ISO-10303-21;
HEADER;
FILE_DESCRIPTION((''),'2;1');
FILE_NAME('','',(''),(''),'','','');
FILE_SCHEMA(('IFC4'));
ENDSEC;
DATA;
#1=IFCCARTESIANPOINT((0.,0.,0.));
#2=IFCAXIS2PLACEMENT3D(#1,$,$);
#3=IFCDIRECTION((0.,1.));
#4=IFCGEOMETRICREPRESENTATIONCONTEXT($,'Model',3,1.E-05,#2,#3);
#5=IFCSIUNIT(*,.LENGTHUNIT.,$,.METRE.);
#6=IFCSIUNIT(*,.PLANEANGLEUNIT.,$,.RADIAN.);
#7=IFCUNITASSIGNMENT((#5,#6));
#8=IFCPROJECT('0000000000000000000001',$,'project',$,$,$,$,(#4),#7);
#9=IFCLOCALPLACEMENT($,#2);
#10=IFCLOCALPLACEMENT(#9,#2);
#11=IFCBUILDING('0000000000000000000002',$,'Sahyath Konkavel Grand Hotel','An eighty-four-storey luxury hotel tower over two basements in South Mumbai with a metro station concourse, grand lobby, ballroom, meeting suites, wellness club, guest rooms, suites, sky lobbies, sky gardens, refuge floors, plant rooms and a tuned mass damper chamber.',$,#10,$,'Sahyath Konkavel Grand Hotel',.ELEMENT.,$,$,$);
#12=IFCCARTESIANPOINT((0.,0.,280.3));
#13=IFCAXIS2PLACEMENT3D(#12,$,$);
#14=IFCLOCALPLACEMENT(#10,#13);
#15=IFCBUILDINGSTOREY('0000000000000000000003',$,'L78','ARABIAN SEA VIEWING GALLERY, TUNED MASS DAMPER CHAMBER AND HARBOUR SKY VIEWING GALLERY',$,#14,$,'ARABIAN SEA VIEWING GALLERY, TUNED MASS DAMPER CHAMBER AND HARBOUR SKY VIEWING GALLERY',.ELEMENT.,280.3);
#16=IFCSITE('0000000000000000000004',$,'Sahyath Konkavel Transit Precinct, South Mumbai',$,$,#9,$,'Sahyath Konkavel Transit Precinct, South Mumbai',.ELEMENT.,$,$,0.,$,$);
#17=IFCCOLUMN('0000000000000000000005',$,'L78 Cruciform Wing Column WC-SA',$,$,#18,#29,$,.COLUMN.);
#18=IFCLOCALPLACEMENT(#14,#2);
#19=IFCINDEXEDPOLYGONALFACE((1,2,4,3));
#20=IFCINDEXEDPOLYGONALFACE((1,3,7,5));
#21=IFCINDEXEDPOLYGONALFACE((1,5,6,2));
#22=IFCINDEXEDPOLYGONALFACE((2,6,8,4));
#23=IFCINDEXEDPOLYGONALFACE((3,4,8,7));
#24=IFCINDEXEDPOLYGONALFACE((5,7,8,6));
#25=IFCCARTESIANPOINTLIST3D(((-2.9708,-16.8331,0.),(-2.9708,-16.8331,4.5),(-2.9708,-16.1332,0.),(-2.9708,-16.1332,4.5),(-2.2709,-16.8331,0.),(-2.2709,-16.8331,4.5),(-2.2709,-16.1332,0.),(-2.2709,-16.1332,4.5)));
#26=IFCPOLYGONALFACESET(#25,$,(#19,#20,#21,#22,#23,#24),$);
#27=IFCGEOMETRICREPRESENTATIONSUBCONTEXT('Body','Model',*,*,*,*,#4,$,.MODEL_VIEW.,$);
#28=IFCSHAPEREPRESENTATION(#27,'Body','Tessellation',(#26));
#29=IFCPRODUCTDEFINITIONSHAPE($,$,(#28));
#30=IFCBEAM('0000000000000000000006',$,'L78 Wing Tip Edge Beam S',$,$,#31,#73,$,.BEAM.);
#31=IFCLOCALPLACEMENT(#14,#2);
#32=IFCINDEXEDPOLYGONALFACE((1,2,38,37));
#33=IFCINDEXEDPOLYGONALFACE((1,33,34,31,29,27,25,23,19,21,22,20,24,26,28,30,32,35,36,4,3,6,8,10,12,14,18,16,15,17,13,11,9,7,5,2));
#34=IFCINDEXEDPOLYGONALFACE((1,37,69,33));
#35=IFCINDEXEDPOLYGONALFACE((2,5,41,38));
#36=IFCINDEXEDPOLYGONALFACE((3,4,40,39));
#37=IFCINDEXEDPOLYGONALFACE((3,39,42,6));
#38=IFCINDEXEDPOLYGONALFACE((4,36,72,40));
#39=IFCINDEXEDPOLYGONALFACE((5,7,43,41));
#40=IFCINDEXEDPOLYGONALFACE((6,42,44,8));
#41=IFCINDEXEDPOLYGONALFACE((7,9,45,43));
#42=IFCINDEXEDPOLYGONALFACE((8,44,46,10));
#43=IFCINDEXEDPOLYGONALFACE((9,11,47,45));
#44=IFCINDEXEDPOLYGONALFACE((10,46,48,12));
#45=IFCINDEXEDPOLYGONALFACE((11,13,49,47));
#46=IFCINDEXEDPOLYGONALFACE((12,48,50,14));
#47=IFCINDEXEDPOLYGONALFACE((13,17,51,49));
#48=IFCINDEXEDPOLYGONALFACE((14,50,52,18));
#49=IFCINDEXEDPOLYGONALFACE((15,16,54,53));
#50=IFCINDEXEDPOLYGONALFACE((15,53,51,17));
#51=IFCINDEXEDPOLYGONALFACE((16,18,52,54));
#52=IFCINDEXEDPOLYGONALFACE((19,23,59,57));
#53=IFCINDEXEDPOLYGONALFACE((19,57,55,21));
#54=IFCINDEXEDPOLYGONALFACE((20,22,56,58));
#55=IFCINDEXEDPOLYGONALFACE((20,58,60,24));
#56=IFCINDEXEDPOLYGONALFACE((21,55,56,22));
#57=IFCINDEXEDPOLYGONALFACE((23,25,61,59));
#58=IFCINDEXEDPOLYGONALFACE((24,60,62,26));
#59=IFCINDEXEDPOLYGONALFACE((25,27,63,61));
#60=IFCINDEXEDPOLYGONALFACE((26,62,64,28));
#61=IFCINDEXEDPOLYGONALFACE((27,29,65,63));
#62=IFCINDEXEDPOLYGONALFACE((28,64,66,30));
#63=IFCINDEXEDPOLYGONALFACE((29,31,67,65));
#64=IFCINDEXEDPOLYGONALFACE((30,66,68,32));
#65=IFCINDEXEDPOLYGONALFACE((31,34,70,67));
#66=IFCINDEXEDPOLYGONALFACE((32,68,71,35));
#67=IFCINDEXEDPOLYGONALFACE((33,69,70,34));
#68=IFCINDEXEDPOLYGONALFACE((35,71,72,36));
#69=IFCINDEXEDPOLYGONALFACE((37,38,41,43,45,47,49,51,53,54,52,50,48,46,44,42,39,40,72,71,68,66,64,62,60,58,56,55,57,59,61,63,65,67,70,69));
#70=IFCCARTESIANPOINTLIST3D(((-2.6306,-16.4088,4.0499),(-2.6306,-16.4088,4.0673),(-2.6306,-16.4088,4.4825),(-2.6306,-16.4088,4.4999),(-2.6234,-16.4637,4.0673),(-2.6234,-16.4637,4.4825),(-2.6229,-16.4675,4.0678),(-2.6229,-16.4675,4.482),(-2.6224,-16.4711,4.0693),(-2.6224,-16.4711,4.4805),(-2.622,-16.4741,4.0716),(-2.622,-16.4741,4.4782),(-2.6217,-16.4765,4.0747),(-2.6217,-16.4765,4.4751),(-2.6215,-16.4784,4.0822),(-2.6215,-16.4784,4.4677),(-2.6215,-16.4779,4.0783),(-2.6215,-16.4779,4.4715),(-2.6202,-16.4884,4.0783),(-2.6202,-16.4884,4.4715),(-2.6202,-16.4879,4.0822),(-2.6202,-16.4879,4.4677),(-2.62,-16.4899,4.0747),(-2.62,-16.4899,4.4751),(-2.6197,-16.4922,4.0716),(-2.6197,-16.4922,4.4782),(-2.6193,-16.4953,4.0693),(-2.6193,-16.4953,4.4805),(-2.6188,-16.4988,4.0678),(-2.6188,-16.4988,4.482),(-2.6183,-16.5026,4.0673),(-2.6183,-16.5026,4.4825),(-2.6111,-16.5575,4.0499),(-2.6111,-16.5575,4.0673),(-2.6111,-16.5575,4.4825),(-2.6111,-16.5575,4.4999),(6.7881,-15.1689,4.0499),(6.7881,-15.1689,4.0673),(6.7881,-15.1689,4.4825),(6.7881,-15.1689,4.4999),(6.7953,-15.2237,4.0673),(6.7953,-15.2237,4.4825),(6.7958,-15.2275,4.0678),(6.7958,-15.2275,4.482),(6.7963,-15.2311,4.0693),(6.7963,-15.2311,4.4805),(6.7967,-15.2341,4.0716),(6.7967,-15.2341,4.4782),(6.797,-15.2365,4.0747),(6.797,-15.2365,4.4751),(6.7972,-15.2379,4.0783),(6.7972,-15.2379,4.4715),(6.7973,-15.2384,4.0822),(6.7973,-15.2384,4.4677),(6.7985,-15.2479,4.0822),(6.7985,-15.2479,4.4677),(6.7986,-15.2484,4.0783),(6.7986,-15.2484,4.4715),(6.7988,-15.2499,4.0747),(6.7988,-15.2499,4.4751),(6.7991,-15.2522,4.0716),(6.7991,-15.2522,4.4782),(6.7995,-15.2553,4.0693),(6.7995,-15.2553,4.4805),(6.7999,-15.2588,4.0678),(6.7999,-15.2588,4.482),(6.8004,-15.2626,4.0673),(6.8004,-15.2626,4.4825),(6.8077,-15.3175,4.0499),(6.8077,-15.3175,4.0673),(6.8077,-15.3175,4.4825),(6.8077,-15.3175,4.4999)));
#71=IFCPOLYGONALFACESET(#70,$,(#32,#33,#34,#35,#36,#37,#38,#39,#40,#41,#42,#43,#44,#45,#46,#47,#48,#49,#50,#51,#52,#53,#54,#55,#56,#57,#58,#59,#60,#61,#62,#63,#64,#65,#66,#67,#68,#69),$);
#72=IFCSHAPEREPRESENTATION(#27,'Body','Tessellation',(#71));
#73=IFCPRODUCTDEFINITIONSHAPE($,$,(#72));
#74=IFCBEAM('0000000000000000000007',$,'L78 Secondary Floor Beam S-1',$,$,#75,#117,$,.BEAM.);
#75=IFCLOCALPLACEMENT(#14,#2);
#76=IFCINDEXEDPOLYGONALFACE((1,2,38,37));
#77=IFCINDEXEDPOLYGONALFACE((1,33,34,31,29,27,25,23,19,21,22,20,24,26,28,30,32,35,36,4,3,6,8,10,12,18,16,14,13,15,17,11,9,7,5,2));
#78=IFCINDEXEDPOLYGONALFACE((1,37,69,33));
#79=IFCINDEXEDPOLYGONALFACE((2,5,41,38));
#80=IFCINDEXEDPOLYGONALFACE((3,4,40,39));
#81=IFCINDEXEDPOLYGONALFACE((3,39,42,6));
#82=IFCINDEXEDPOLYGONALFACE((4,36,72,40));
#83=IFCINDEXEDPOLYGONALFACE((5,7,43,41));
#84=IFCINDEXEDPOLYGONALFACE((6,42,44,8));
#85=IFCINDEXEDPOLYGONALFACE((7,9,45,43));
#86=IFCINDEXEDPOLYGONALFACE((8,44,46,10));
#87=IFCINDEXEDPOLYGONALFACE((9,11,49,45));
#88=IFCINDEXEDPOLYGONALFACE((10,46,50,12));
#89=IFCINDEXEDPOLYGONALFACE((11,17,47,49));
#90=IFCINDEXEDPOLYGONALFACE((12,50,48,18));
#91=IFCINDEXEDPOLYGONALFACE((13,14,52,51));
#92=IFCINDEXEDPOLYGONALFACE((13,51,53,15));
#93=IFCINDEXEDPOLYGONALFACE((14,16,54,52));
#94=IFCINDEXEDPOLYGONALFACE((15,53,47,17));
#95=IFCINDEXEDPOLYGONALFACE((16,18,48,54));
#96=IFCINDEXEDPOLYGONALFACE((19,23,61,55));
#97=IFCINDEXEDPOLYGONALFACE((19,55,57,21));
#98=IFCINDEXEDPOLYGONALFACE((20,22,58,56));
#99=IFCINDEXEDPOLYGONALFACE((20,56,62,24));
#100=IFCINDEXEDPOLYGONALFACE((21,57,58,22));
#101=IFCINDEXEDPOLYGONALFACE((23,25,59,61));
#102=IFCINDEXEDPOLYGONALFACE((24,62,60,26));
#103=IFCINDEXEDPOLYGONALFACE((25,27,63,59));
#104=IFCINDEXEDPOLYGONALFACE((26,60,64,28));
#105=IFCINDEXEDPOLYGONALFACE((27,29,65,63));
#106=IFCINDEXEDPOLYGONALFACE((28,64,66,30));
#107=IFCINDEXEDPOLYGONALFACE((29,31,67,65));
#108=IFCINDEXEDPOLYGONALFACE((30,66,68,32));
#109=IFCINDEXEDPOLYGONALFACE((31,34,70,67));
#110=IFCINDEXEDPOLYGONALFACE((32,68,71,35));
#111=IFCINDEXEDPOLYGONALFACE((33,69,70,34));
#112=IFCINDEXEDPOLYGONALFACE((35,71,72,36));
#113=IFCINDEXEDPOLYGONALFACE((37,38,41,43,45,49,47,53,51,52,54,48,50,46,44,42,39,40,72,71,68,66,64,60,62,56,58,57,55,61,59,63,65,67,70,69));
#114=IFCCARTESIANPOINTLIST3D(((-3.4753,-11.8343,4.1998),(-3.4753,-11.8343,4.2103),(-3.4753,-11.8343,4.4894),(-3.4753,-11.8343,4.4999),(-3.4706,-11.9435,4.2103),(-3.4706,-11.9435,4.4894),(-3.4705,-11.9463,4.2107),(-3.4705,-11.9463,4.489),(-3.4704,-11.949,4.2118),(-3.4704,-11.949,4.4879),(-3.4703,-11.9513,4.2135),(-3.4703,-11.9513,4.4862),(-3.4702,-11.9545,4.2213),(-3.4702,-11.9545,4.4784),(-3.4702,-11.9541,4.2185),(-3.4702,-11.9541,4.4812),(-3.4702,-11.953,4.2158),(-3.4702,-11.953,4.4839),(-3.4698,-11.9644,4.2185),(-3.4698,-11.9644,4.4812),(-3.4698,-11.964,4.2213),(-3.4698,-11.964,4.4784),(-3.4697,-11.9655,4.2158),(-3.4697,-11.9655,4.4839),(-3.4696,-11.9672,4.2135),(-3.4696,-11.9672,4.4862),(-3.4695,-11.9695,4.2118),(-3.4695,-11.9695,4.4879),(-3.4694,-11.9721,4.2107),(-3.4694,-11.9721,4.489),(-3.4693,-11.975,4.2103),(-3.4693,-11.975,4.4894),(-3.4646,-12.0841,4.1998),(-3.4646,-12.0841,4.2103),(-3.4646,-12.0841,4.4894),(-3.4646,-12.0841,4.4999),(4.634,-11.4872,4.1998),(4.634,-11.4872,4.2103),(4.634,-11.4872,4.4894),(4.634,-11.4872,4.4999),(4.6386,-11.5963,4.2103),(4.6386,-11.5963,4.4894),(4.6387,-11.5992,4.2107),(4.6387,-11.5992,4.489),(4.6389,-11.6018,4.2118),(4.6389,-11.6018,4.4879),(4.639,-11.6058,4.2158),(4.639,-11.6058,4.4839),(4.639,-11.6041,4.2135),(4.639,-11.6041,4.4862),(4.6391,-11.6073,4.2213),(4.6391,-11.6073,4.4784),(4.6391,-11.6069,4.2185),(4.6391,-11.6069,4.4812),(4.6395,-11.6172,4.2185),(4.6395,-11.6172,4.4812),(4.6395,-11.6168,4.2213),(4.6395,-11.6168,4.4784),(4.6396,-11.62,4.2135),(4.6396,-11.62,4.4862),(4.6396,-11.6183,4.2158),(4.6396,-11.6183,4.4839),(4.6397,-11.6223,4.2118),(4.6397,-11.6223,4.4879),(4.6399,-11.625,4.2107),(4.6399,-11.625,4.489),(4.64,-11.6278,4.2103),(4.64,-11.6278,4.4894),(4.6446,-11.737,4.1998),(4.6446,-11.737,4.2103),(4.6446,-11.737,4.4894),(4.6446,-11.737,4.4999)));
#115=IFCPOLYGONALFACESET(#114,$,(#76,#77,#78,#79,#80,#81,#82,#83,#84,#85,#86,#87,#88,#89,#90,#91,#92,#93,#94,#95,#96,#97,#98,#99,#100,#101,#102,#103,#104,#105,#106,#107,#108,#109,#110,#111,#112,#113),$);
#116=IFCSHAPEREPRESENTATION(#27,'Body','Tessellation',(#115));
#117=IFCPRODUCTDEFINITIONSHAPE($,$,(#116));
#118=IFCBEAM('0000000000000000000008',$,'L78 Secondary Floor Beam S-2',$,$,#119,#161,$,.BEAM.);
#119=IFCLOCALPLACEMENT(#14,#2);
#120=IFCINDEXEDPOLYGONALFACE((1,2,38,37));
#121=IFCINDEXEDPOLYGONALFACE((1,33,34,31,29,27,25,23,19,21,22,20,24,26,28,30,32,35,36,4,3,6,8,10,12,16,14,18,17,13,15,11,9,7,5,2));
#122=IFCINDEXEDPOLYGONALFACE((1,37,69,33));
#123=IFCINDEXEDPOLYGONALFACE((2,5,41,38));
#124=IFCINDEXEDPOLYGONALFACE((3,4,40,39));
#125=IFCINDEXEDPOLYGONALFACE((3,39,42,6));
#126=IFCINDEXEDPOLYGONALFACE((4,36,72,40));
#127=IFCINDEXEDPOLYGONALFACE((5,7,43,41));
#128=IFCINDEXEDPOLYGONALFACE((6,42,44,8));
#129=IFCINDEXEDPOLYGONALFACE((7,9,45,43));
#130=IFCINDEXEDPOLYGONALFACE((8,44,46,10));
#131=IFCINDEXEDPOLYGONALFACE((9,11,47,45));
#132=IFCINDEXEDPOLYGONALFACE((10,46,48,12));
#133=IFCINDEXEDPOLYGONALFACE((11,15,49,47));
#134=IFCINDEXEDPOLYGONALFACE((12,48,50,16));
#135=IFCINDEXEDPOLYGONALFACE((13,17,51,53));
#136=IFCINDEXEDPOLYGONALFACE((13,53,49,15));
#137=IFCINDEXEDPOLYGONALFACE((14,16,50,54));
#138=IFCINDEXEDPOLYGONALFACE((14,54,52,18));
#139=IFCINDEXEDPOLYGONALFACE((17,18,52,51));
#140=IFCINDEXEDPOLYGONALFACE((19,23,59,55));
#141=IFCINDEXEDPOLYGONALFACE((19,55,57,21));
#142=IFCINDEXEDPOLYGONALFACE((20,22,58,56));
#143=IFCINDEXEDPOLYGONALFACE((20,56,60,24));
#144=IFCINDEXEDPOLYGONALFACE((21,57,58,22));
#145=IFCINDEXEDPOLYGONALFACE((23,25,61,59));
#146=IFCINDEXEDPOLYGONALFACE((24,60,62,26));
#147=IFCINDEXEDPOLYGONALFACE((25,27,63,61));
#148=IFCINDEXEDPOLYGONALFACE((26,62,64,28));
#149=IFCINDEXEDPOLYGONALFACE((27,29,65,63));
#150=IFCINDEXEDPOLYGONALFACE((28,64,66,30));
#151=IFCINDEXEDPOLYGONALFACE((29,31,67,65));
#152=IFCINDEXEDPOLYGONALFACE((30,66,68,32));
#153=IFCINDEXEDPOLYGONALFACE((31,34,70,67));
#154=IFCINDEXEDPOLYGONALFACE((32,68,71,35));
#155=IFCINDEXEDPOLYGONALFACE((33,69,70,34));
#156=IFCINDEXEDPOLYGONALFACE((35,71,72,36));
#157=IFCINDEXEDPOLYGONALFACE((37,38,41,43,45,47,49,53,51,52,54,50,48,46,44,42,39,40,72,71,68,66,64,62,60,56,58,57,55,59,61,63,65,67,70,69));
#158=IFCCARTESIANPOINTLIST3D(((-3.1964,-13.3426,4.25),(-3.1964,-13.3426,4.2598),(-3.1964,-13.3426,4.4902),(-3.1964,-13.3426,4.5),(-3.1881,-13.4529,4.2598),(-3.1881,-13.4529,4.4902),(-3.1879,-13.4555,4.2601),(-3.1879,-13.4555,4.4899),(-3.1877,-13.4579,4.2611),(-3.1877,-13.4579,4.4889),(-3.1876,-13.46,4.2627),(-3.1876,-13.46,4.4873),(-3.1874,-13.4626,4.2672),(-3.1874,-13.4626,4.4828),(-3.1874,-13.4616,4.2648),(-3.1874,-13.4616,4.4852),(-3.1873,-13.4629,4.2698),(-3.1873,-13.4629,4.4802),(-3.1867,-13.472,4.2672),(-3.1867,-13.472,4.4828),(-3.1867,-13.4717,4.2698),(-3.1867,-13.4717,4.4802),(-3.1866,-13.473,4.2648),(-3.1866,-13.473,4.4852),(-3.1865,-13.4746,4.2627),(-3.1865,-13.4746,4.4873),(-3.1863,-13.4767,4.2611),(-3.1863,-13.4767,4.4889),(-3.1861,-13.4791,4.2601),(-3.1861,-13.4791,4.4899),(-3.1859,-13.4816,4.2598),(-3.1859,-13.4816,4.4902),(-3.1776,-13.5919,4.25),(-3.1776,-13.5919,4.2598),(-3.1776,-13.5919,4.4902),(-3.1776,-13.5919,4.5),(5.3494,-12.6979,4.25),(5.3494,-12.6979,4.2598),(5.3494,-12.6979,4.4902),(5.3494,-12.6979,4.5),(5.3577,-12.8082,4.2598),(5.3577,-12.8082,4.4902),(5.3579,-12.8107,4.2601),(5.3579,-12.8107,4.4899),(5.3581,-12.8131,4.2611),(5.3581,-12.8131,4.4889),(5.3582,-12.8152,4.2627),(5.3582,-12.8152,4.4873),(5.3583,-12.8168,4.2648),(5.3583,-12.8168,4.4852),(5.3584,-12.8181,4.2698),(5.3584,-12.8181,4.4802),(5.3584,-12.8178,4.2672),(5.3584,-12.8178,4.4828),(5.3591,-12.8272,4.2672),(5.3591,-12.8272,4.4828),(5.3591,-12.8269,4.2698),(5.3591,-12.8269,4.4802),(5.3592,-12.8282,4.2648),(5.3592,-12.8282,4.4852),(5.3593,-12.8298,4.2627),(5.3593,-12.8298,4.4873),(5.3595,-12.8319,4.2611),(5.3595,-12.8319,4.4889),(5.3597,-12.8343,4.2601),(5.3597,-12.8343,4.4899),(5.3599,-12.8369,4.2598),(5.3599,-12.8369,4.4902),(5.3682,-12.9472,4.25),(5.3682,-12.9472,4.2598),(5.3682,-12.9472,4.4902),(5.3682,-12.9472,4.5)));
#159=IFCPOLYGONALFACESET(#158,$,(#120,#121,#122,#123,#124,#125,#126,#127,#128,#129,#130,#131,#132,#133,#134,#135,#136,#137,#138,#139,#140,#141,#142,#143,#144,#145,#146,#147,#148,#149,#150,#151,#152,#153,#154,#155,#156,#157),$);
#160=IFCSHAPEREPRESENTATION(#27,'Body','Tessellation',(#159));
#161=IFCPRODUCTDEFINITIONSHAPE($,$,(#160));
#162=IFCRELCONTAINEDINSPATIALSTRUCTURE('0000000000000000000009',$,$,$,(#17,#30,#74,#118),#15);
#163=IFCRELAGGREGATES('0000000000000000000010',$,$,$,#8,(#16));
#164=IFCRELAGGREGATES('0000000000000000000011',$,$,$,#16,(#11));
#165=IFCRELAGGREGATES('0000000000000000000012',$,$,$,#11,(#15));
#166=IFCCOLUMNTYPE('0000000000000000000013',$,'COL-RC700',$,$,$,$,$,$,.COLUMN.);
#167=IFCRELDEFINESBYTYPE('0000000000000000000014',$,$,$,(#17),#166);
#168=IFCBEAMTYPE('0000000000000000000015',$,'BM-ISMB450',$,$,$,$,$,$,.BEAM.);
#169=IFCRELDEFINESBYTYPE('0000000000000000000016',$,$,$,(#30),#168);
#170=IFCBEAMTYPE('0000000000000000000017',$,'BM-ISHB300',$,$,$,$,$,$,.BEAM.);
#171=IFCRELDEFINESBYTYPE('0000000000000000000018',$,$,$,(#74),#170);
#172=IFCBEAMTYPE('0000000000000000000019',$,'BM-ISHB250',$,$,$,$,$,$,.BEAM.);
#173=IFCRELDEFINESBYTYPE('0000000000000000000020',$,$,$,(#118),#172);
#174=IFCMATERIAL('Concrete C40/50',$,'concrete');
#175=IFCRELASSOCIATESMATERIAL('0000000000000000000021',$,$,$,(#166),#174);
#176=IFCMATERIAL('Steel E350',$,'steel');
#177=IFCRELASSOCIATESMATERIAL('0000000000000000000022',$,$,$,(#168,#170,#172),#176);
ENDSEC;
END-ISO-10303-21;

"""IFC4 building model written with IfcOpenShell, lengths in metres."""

from ifc_helpers import new_model, si_unit, direction, frame, origin, origin_2d, place, context, subcontext, project, spatial, rectangle, i_section, extrude, source, transform, mapped, material, material_profile, profile_set, type_object, element, save


model = new_model("IFC4")

# Units and contexts
model_context = context("Model", 3, precision=1e-05, world=origin(), true_north=direction((0.0, 1.0)))
body_context = subcontext(model_context, "Body", "Model", "MODEL_VIEW")
ifc_project = project(units=[si_unit("LENGTHUNIT", "METRE"), si_unit("PLANEANGLEUNIT", "RADIAN")], contexts=[model_context])

# Site, building, storey
site_placement = place(None, origin())
site = spatial("IfcSite", under=ifc_project, at=site_placement, Name="Sahyath Konkavel Transit Precinct, South Mumbai", LongName="Sahyath Konkavel Transit Precinct, South Mumbai", CompositionType="ELEMENT", RefElevation=0.0)
building_placement = place(site_placement, origin())
building = spatial("IfcBuilding", under=site, at=building_placement, Name="Sahyath Konkavel Grand Hotel", Description="An eighty-four-storey luxury hotel tower over two basements in South Mumbai with a metro station concourse, grand lobby, ballroom, meeting suites, wellness club, guest rooms, suites, sky lobbies, sky gardens, refuge floors, plant rooms and a tuned mass damper chamber.", LongName="Sahyath Konkavel Grand Hotel", CompositionType="ELEMENT")
storey_placement = place(building_placement, frame((0.0, 0.0, 280.3)))
storey = spatial("IfcBuildingStorey", under=building, at=storey_placement, Name="L78", Description="ARABIAN SEA VIEWING GALLERY, TUNED MASS DAMPER CHAMBER AND HARBOUR SKY VIEWING GALLERY", LongName="ARABIAN SEA VIEWING GALLERY, TUNED MASS DAMPER CHAMBER AND HARBOUR SKY VIEWING GALLERY", CompositionType="ELEMENT", Elevation=280.3)

# Column
ifc_material_1 = material(Name="Concrete C40/50", Category="concrete")
ifc_material_profile_1 = material_profile(ifc_material_1, rectangle(XDim=0.7, YDim=0.7, at=origin_2d()), Name="RC 700x700")
ifc_profile_set_1 = profile_set([ifc_material_profile_1], Name="Concrete C40/50")
column_type = type_object("IfcColumnType", Name="COL-RC700", PredefinedType="COLUMN", material=ifc_profile_set_1)
shared_shape_1 = source(origin(), body_context, "Body", "SweptSolid", [
    extrude(rectangle(XDim=0.7, YDim=0.7, at=origin_2d()), origin(), (0.0, 0.0, 1.0), 4.5),
])
column_placement = place(storey_placement, frame((-2.6208, -16.4832, 0.0), z_axis=(0.0, 0.0, 1.0), x_axis=(1.0, 0.0, 0.0)))
element("IfcColumn", 1, at=column_placement, inside=storey, type_object=column_type, Name="L78 Cruciform Wing Column WC-SA", PredefinedType="COLUMN", context=body_context, shape_type="MappedRepresentation", body=[
    mapped(shared_shape_1, transform((0.0, 0.0, 0.0), scale=1.0)),
])

# Beams
ifc_material_2 = material(Name="Steel E350", Category="steel")
ifc_material_profile_2 = material_profile(ifc_material_2, i_section(OverallWidth=0.1499, OverallDepth=0.45, WebThickness=0.0095, FlangeThickness=0.0173, FilletRadius=0.0149, at=origin_2d()), Name="ISMB 450")
ifc_profile_set_2 = profile_set([ifc_material_profile_2], Name="Steel E350")
beam_type_1 = type_object("IfcBeamType", Name="BM-ISMB450", PredefinedType="BEAM", material=ifc_profile_set_2)
shared_shape_2 = source(origin(), body_context, "Body", "SweptSolid", [
    extrude(i_section(OverallWidth=0.1499, OverallDepth=0.45, WebThickness=0.0095, FlangeThickness=0.0173, FilletRadius=0.0149, at=origin_2d()), origin(), (0.0, 0.0, 1.0), 9.5),
])
beam_1_placement = place(storey_placement, frame((-2.6208, -16.4832, 4.2749), z_axis=(0.991445, 0.130526, 0.0), x_axis=(-0.130526, 0.991445, 0.0)))
element("IfcBeam", 2, at=beam_1_placement, inside=storey, type_object=beam_type_1, Name="L78 Wing Tip Edge Beam S", PredefinedType="BEAM", context=body_context, shape_type="MappedRepresentation", body=[
    mapped(shared_shape_2, transform((0.0, 0.0, 0.0), scale=1.0)),
])
ifc_material_profile_3 = material_profile(ifc_material_2, i_section(OverallWidth=0.25, OverallDepth=0.3, WebThickness=0.0095, FlangeThickness=0.0105, FilletRadius=0.011, at=origin_2d()), Name="ISHB 300")
ifc_profile_set_3 = profile_set([ifc_material_profile_3], Name="Steel E350")
beam_type_2 = type_object("IfcBeamType", Name="BM-ISHB300", PredefinedType="BEAM", material=ifc_profile_set_3)
shared_shape_3 = source(origin(), body_context, "Body", "SweptSolid", [
    extrude(i_section(OverallWidth=0.25, OverallDepth=0.3, WebThickness=0.0095, FlangeThickness=0.0105, FilletRadius=0.011, at=origin_2d()), origin(), (0.0, 0.0, 1.0), 8.1167),
])
beam_2_placement = place(storey_placement, frame((-3.47, -11.9592, 4.3499), z_axis=(0.999085, 0.042772, 0.0), x_axis=(-0.042772, 0.999085, 0.0)))
element("IfcBeam", 3, at=beam_2_placement, inside=storey, type_object=beam_type_2, Name="L78 Secondary Floor Beam S-1", PredefinedType="BEAM", context=body_context, shape_type="MappedRepresentation", body=[
    mapped(shared_shape_3, transform((0.0, 0.0, 0.0), scale=1.0)),
])
ifc_material_profile_4 = material_profile(ifc_material_2, i_section(OverallWidth=0.25, OverallDepth=0.25, WebThickness=0.0088, FlangeThickness=0.0098, FilletRadius=0.01, at=origin_2d()), Name="ISHB 250")
ifc_profile_set_4 = profile_set([ifc_material_profile_4], Name="Steel E350")
beam_type_3 = type_object("IfcBeamType", Name="BM-ISHB250", PredefinedType="BEAM", material=ifc_profile_set_4)
shared_shape_4 = source(origin(), body_context, "Body", "SweptSolid", [
    extrude(i_section(OverallWidth=0.25, OverallDepth=0.25, WebThickness=0.0088, FlangeThickness=0.0098, FilletRadius=0.01, at=origin_2d()), origin(), (0.0, 0.0, 1.0), 8.5701),
])
beam_3_placement = place(storey_placement, frame((-3.187, -13.4673, 4.375), z_axis=(0.997166, 0.075235, 0.0), x_axis=(-0.075235, 0.997166, 0.0)))
element("IfcBeam", 4, at=beam_3_placement, inside=storey, type_object=beam_type_3, Name="L78 Secondary Floor Beam S-2", PredefinedType="BEAM", context=body_context, shape_type="MappedRepresentation", body=[
    mapped(shared_shape_4, transform((0.0, 0.0, 0.0), scale=1.0)),
])

save(model, "model.ifc")
